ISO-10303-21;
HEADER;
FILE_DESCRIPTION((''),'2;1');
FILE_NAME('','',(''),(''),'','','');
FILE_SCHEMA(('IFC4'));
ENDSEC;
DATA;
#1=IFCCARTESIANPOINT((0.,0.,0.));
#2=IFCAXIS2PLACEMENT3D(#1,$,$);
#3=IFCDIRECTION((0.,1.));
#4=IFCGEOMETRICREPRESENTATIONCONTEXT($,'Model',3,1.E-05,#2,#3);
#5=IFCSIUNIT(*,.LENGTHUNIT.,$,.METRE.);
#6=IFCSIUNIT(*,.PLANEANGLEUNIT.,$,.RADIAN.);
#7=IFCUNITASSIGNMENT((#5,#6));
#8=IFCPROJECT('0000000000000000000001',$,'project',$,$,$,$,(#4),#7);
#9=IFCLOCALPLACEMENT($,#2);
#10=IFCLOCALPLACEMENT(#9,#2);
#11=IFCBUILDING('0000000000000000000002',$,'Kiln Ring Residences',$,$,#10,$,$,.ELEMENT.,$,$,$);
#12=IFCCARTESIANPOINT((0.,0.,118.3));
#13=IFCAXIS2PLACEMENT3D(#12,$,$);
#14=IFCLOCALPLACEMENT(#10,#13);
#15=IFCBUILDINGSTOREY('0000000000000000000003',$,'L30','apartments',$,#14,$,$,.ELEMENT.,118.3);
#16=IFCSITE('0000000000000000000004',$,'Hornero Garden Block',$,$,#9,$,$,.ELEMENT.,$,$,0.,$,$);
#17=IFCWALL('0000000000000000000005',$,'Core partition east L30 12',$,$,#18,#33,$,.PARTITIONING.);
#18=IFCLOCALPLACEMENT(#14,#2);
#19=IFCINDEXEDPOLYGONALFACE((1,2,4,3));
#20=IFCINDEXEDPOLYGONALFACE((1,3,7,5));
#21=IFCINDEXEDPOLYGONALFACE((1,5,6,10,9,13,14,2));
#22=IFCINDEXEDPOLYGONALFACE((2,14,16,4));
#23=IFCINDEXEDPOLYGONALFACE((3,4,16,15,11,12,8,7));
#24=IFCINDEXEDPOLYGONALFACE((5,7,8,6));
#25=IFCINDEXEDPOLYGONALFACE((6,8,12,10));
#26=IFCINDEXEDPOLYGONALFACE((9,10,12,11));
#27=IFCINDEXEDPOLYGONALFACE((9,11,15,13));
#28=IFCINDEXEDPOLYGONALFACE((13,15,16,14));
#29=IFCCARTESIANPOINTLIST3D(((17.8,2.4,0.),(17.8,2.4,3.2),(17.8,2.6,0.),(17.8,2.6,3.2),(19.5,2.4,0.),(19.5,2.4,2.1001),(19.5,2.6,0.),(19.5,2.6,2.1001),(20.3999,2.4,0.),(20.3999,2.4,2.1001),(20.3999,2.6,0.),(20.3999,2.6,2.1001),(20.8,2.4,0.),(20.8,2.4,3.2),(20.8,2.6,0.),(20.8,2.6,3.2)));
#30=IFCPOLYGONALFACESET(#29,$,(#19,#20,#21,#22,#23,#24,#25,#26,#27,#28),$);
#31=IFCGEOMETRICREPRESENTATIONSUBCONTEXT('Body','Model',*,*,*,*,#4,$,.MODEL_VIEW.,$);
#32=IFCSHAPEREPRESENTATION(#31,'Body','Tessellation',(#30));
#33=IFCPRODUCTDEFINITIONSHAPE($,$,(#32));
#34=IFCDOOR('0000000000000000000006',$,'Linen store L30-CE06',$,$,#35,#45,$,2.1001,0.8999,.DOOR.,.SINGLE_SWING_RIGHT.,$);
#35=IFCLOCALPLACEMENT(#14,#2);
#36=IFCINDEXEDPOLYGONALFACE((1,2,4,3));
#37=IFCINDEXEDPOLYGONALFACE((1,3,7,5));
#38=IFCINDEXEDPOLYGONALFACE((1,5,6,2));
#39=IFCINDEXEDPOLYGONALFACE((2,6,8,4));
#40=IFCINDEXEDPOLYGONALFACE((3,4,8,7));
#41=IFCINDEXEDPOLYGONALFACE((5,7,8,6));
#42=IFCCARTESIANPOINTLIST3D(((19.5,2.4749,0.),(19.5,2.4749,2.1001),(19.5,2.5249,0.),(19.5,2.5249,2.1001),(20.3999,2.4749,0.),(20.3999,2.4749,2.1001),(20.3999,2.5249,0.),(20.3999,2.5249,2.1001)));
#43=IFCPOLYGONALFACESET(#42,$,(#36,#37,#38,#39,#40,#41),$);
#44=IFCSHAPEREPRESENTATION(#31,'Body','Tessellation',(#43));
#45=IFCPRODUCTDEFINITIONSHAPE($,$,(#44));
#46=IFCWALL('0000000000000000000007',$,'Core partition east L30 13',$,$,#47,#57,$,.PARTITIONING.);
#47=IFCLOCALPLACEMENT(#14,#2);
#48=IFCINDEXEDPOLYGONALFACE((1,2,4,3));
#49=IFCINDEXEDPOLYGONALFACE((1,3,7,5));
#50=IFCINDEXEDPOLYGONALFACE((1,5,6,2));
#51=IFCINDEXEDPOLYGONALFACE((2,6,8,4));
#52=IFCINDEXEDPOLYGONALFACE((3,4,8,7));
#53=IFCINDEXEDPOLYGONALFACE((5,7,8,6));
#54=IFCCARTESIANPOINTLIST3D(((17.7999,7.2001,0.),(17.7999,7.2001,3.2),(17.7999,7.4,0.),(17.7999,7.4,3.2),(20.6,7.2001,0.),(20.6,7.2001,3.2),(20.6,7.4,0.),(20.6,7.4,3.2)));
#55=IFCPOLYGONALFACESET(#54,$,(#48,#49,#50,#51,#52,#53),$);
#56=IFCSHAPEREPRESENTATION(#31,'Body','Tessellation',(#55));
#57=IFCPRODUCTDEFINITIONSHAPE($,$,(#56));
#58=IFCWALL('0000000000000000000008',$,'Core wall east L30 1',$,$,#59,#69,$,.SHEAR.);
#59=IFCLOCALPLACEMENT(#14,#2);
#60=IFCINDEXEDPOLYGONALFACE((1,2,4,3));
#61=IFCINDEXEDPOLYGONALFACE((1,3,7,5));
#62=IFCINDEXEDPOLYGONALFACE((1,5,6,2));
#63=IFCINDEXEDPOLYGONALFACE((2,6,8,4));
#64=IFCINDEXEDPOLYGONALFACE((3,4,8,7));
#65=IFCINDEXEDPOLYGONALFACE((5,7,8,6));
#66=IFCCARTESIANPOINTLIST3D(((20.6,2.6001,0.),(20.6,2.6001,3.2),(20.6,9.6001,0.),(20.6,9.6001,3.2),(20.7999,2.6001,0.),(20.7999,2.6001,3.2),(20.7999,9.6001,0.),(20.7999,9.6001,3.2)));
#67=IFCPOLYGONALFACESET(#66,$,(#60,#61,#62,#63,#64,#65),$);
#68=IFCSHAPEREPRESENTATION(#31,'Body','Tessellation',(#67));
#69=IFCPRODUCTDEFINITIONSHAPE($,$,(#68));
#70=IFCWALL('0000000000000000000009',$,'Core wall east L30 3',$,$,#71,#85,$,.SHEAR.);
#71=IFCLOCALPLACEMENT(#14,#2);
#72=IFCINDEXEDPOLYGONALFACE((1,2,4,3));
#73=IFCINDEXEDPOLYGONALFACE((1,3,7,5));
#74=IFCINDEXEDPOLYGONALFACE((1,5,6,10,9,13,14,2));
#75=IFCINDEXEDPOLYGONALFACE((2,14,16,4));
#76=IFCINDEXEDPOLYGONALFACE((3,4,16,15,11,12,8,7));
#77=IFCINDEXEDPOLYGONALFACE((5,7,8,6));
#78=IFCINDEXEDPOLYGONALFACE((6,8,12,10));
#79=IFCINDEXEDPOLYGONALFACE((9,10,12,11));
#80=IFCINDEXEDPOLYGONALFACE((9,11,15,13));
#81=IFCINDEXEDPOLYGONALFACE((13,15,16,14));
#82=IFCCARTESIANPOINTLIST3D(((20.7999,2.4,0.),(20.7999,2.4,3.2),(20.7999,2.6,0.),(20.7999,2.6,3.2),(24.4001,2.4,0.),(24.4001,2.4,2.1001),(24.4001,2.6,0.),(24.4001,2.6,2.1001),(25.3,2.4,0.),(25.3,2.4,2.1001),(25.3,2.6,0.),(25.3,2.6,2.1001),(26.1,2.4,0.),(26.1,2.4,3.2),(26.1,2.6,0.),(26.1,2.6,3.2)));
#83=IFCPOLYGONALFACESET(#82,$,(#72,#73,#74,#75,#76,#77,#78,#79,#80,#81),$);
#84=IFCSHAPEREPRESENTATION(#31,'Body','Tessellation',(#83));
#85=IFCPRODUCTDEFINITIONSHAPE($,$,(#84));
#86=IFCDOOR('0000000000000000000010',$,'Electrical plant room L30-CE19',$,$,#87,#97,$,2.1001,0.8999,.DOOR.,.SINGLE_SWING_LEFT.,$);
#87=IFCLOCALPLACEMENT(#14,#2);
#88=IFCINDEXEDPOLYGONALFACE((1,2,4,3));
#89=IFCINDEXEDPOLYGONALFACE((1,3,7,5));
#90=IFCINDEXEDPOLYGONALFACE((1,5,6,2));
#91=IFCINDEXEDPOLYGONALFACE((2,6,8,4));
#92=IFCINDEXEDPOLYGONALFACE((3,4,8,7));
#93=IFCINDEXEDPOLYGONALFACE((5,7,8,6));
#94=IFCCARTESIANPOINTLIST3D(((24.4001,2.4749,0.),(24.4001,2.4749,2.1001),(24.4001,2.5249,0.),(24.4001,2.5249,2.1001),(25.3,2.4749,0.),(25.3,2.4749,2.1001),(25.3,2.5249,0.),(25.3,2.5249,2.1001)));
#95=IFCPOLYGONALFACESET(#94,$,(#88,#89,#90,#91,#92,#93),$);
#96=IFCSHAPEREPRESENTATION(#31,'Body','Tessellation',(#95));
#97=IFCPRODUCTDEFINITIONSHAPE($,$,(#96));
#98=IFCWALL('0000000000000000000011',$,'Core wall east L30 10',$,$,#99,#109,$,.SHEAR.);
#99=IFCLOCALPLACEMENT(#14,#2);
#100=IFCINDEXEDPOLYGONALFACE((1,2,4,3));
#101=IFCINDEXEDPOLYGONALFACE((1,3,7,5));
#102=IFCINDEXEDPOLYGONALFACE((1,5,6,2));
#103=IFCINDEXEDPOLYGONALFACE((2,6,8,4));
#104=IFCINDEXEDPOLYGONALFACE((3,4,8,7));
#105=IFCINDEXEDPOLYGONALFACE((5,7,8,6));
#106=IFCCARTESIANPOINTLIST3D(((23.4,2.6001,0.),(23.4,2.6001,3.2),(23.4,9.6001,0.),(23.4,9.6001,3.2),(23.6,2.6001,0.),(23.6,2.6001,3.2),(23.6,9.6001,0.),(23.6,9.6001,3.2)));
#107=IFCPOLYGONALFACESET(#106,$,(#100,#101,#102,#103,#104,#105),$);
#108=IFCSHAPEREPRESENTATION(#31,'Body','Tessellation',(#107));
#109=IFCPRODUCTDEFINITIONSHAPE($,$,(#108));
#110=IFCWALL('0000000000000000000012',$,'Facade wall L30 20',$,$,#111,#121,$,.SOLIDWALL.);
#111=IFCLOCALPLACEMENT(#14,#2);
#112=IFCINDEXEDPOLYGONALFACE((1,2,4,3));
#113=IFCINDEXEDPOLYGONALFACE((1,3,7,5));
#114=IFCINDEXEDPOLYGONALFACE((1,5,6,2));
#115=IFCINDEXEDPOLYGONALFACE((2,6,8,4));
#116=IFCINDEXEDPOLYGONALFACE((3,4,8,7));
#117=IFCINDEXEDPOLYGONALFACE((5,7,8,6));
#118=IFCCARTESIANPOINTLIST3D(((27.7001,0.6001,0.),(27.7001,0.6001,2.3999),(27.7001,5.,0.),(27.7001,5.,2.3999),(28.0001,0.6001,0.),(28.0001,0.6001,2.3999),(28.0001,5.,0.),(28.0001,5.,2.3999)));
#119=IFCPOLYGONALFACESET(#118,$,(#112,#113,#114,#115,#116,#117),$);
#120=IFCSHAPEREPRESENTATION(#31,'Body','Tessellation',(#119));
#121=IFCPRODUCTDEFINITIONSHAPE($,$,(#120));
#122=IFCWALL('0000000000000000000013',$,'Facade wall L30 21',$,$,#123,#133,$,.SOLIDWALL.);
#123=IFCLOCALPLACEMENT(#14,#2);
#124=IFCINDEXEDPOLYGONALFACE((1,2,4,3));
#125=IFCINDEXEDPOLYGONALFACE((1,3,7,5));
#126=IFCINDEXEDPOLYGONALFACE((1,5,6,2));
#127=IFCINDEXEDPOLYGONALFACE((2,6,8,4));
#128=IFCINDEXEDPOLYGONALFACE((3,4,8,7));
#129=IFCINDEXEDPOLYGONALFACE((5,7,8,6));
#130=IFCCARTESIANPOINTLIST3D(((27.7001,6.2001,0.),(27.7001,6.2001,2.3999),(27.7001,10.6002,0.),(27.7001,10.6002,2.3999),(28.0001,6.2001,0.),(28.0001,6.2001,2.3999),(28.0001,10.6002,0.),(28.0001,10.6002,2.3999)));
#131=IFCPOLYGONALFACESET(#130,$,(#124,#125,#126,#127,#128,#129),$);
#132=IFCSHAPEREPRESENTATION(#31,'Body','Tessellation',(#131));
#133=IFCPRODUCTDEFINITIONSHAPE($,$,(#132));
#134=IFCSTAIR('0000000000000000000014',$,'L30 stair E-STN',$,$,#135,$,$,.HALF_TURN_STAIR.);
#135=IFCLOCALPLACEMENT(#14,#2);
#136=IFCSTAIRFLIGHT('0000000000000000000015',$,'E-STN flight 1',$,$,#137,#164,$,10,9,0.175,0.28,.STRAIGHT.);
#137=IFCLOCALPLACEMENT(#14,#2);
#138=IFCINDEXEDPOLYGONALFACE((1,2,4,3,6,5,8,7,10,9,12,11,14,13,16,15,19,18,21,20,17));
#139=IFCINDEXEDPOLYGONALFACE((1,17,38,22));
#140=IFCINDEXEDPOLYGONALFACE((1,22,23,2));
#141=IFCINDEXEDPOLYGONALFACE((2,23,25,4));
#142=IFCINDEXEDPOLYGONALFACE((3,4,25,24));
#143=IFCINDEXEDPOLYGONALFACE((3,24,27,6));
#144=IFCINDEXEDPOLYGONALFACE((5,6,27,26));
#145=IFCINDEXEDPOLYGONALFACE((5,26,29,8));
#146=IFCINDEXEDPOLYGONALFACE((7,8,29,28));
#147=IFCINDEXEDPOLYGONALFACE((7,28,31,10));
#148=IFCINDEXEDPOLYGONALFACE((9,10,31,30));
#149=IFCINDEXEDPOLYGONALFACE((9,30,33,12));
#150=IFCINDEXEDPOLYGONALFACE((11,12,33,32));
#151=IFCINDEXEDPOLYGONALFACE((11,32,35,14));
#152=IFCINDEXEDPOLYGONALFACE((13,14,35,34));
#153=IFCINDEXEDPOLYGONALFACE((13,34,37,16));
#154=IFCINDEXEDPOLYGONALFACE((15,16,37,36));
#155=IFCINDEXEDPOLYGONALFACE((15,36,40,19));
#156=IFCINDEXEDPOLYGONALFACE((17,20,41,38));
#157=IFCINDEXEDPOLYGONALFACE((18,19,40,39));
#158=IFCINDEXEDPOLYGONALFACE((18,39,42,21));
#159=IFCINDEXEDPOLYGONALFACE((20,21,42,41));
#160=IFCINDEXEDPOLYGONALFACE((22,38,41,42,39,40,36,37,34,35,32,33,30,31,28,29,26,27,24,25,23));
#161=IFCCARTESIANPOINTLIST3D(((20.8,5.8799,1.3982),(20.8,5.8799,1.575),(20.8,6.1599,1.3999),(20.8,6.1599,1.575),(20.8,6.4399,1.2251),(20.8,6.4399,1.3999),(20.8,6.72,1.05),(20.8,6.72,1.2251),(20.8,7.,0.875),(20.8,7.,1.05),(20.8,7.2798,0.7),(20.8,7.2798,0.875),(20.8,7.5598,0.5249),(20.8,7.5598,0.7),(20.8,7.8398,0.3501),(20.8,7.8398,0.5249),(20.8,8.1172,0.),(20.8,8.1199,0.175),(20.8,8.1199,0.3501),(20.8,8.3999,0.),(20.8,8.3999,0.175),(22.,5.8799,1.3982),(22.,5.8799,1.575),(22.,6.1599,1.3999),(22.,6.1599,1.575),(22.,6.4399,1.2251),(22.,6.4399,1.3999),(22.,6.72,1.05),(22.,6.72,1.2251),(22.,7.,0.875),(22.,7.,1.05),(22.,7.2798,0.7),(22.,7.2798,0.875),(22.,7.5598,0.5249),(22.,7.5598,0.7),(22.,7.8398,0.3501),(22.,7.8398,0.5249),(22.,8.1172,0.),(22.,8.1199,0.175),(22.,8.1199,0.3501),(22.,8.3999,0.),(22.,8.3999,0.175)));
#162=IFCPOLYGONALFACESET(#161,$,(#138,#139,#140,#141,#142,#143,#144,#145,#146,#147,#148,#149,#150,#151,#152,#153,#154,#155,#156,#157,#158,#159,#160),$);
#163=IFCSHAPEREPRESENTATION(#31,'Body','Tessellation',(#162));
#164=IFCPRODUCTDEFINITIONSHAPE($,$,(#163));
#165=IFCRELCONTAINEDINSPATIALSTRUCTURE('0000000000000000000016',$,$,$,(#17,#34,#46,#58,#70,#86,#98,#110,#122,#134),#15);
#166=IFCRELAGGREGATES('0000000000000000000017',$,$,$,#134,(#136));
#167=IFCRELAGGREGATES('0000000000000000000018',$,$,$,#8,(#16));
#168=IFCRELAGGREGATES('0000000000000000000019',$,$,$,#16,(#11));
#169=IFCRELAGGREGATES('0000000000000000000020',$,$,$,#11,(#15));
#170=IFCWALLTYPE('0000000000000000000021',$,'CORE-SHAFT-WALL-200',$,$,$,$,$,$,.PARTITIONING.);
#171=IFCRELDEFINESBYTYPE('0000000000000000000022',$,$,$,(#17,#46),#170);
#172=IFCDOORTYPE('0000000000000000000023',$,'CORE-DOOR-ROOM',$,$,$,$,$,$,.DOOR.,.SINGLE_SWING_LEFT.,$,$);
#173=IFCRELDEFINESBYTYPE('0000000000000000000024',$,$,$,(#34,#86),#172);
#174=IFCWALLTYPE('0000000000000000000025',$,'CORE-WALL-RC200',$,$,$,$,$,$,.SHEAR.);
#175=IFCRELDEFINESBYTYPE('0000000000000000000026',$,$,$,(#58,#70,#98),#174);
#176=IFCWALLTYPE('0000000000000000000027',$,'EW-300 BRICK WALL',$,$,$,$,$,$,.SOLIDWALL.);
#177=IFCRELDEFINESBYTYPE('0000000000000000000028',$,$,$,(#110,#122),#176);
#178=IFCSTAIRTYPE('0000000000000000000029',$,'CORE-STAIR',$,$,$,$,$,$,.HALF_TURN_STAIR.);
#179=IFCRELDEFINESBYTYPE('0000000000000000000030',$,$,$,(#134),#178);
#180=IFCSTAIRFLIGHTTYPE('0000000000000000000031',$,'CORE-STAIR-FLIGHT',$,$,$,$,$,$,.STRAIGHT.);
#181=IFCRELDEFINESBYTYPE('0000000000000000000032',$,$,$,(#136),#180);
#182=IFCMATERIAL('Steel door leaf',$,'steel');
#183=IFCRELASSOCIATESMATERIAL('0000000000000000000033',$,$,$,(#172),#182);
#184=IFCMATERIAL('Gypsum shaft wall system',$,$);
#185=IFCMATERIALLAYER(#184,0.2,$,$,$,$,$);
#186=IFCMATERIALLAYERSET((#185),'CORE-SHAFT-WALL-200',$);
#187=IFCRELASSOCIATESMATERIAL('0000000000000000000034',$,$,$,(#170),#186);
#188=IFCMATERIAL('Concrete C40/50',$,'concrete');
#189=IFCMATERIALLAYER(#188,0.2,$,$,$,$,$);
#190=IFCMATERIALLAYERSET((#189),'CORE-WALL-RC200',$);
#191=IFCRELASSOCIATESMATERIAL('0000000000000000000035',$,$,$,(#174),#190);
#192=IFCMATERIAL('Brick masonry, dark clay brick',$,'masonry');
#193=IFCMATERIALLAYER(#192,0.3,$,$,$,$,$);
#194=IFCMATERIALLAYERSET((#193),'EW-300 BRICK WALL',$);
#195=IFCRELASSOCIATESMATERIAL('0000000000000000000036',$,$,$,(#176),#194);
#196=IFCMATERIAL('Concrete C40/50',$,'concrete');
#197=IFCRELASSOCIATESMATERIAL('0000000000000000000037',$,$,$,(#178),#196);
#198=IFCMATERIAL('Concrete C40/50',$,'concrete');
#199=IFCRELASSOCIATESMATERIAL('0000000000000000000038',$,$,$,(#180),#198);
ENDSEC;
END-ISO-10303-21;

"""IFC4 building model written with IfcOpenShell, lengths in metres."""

from ifc_helpers import new_model, si_unit, direction, frame, frame_2d, origin, place, context, subcontext, project, spatial, polyline, rectangle, outline, extrude, material, layer, layer_set, type_object, element, fill, aggregate, save


model = new_model("IFC4")

# Units and contexts
model_context = context("Model", 3, precision=1e-05, world=origin(), true_north=direction((0.0, 1.0)))
body_context = subcontext(model_context, "Body", "Model", "MODEL_VIEW")
ifc_project = project(units=[si_unit("LENGTHUNIT", "METRE"), si_unit("PLANEANGLEUNIT", "RADIAN")], contexts=[model_context])

# Site, building, storey
site_placement = place(None, origin())
site = spatial("IfcSite", under=ifc_project, at=site_placement, Name="Hornero Garden Block", CompositionType="ELEMENT", RefElevation=0.0)
building_placement = place(site_placement, origin())
building = spatial("IfcBuilding", under=site, at=building_placement, Name="Kiln Ring Residences", CompositionType="ELEMENT")
storey_placement = place(building_placement, frame((0.0, 0.0, 118.3)))
storey = spatial("IfcBuildingStorey", under=building, at=storey_placement, Name="L30", Description="apartments", CompositionType="ELEMENT", Elevation=118.3)

# Shared definitions
ifc_material_1 = material(Name="Steel door leaf", Category="steel")
door_type = type_object("IfcDoorType", Name="CORE-DOOR-ROOM", OperationType="SINGLE_SWING_LEFT", PredefinedType="DOOR", material=ifc_material_1)

# Shared definitions
ifc_material_2 = material(Name="Gypsum shaft wall system")
ifc_layer_1 = layer(ifc_material_2, 0.2)
ifc_layer_set_1 = layer_set([ifc_layer_1], Name="CORE-SHAFT-WALL-200")
wall_type_1 = type_object("IfcWallType", Name="CORE-SHAFT-WALL-200", PredefinedType="PARTITIONING", material=ifc_layer_set_1)

# Wall, opening, door
wall_1_placement = place(storey_placement, frame((17.8, 2.5, 0.0), z_axis=(0.0, 0.0, 1.0), x_axis=(1.0, 0.0, 0.0)))
wall_1 = element("IfcWall", 1, at=wall_1_placement, inside=storey, type_object=wall_type_1, Name="Core partition east L30 12", PredefinedType="PARTITIONING", context=body_context, shape_type="SweptSolid", body=[
    extrude(rectangle(XDim=3.0, YDim=0.2, at=frame_2d((1.5, 0.0))), origin(), (0.0, 0.0, 1.0), 3.2),
])
opening_1_placement = place(wall_1_placement, frame((1.7, 0.0, 0.0)))
opening_1 = element("IfcOpeningElement", 2, at=opening_1_placement, cuts=wall_1, PredefinedType="OPENING", context=body_context, shape_type="SweptSolid", body=[
    extrude(rectangle(XDim=0.8999, YDim=2.1001, at=frame_2d((0.45, 1.05))), frame((0.0, 0.1099, 0.0), z_axis=(0.0, -1.0, 0.0), x_axis=(1.0, 0.0, 0.0)), (0.0, 0.0, 1.0), 0.22),
])
door_1_placement = place(opening_1_placement, origin())
door_1 = element("IfcDoor", 3, at=door_1_placement, inside=storey, type_object=door_type, Name="Linen store L30-CE06", OperationType="SINGLE_SWING_RIGHT", OverallHeight=2.1001, OverallWidth=0.8999, PredefinedType="DOOR", context=body_context, shape_type="SweptSolid", body=[
    extrude(rectangle(XDim=0.8999, YDim=2.1001, at=frame_2d((0.45, 1.05))), frame((0.0, 0.0249, 0.0), z_axis=(0.0, -1.0, 0.0), x_axis=(1.0, 0.0, 0.0)), (0.0, 0.0, 1.0), 0.05),
])
fill(opening_1, door_1)

# Walls
wall_2_placement = place(storey_placement, frame((17.8, 7.3, 0.0), z_axis=(0.0, 0.0, 1.0), x_axis=(1.0, 0.0, 0.0)))
element("IfcWall", 4, at=wall_2_placement, inside=storey, type_object=wall_type_1, Name="Core partition east L30 13", PredefinedType="PARTITIONING", context=body_context, shape_type="SweptSolid", body=[
    extrude(rectangle(XDim=2.8, YDim=0.2, at=frame_2d((1.3999, 0.0))), origin(), (0.0, 0.0, 1.0), 3.2),
])
ifc_material_3 = material(Name="Concrete C40/50", Category="concrete")
ifc_layer_2 = layer(ifc_material_3, 0.2)
ifc_layer_set_2 = layer_set([ifc_layer_2], Name="CORE-WALL-RC200")
wall_type_2 = type_object("IfcWallType", Name="CORE-WALL-RC200", PredefinedType="SHEAR", material=ifc_layer_set_2)
wall_3_placement = place(storey_placement, frame((20.7, 2.6001, 0.0), z_axis=(0.0, 0.0, 1.0), x_axis=(0.0, 1.0, 0.0)))
element("IfcWall", 5, at=wall_3_placement, inside=storey, type_object=wall_type_2, Name="Core wall east L30 1", PredefinedType="SHEAR", context=body_context, shape_type="SweptSolid", body=[
    extrude(rectangle(XDim=7.0, YDim=0.2, at=frame_2d((3.5, 0.0))), origin(), (0.0, 0.0, 1.0), 3.2),
])

# Wall, opening, door
wall_4_placement = place(storey_placement, frame((20.8, 2.5, 0.0), z_axis=(0.0, 0.0, 1.0), x_axis=(1.0, 0.0, 0.0)))
wall_4 = element("IfcWall", 6, at=wall_4_placement, inside=storey, type_object=wall_type_2, Name="Core wall east L30 3", PredefinedType="SHEAR", context=body_context, shape_type="SweptSolid", body=[
    extrude(rectangle(XDim=5.3, YDim=0.2, at=frame_2d((2.6499, 0.0))), origin(), (0.0, 0.0, 1.0), 3.2),
])
opening_2_placement = place(wall_4_placement, frame((3.6001, 0.0, 0.0)))
opening_2 = element("IfcOpeningElement", 7, at=opening_2_placement, cuts=wall_4, PredefinedType="OPENING", context=body_context, shape_type="SweptSolid", body=[
    extrude(rectangle(XDim=0.8999, YDim=2.1001, at=frame_2d((0.45, 1.05))), frame((0.0, 0.1099, 0.0), z_axis=(0.0, -1.0, 0.0), x_axis=(1.0, 0.0, 0.0)), (0.0, 0.0, 1.0), 0.22),
])
door_2_placement = place(opening_2_placement, origin())
door_2 = element("IfcDoor", 8, at=door_2_placement, inside=storey, type_object=door_type, Name="Electrical plant room L30-CE19", OperationType="SINGLE_SWING_LEFT", OverallHeight=2.1001, OverallWidth=0.8999, PredefinedType="DOOR", context=body_context, shape_type="SweptSolid", body=[
    extrude(rectangle(XDim=0.8999, YDim=2.1001, at=frame_2d((0.45, 1.05))), frame((0.0, 0.0249, 0.0), z_axis=(0.0, -1.0, 0.0), x_axis=(1.0, 0.0, 0.0)), (0.0, 0.0, 1.0), 0.05),
])
fill(opening_2, door_2)

# Walls
wall_5_placement = place(storey_placement, frame((23.5, 2.6001, 0.0), z_axis=(0.0, 0.0, 1.0), x_axis=(0.0, 1.0, 0.0)))
element("IfcWall", 9, at=wall_5_placement, inside=storey, type_object=wall_type_2, Name="Core wall east L30 10", PredefinedType="SHEAR", context=body_context, shape_type="SweptSolid", body=[
    extrude(rectangle(XDim=7.0, YDim=0.2, at=frame_2d((3.5, 0.0))), origin(), (0.0, 0.0, 1.0), 3.2),
])
ifc_material_4 = material(Name="Brick masonry, dark clay brick", Category="masonry")
ifc_layer_3 = layer(ifc_material_4, 0.3)
ifc_layer_set_3 = layer_set([ifc_layer_3], Name="EW-300 BRICK WALL")
wall_type_3 = type_object("IfcWallType", Name="EW-300 BRICK WALL", PredefinedType="SOLIDWALL", material=ifc_layer_set_3)
wall_6_placement = place(storey_placement, frame((27.8501, 0.6001, 0.0), z_axis=(0.0, 0.0, 1.0), x_axis=(0.0, 1.0, 0.0)))
element("IfcWall", 10, at=wall_6_placement, inside=storey, type_object=wall_type_3, Name="Facade wall L30 20", PredefinedType="SOLIDWALL", context=body_context, shape_type="SweptSolid", body=[
    extrude(rectangle(XDim=4.3999, YDim=0.3, at=frame_2d((2.2, 0.0))), origin(), (0.0, 0.0, 1.0), 2.3999),
])
wall_7_placement = place(storey_placement, frame((27.8501, 6.2, 0.0), z_axis=(0.0, 0.0, 1.0), x_axis=(0.0, 1.0, 0.0)))
element("IfcWall", 11, at=wall_7_placement, inside=storey, type_object=wall_type_3, Name="Facade wall L30 21", PredefinedType="SOLIDWALL", context=body_context, shape_type="SweptSolid", body=[
    extrude(rectangle(XDim=4.4001, YDim=0.3, at=frame_2d((2.2002, 0.0))), origin(), (0.0, 0.0, 1.0), 2.3999),
])

# Stair, stair flight
ifc_material_5 = material(Name="Concrete C40/50", Category="concrete")
stair_type = type_object("IfcStairType", Name="CORE-STAIR", PredefinedType="HALF_TURN_STAIR", material=ifc_material_5)
stair_placement = place(storey_placement, origin())
stair = element("IfcStair", 12, at=stair_placement, inside=storey, type_object=stair_type, Name="L30 stair E-STN", PredefinedType="HALF_TURN_STAIR")
ifc_material_6 = material(Name="Concrete C40/50", Category="concrete")
stair_flight_type = type_object("IfcStairFlightType", Name="CORE-STAIR-FLIGHT", PredefinedType="STRAIGHT", material=ifc_material_6)
stair_flight_1_placement = place(storey_placement, frame((21.3999, 8.3999, 0.0), z_axis=(0.0, 0.0, 1.0), x_axis=(0.0, -1.0, 0.0)))
stair_flight_1 = element("IfcStairFlight", 13, at=stair_flight_1_placement, type_object=stair_flight_type, Name="E-STN flight 1", NumberOfRisers=10, NumberOfTreads=9, PredefinedType="STRAIGHT", RiserHeight=0.175, TreadLength=0.28, context=body_context, shape_type="SweptSolid", body=[
    extrude(outline(polyline([(0.0, 0.0), (0.0, 0.175), (0.28, 0.175), (0.28, 0.3501), (0.5601, 0.3501), (0.5601, 0.5249), (0.8401, 0.5249), (0.8401, 0.7), (1.1201, 0.7), (1.1201, 0.875), (1.3999, 0.875), (1.3999, 1.05), (1.6799, 1.05), (1.6799, 1.2251), (1.96, 1.2251), (1.96, 1.3999), (2.24, 1.3999), (2.24, 1.575), (2.52, 1.575), (2.52, 1.75), (2.52, 1.3982), (0.2827, 0.0), (0.0, 0.0)])), frame((0.0, 0.6001, 0.0), z_axis=(0.0, -1.0, 0.0), x_axis=(1.0, 0.0, 0.0)), (0.0, 0.0, 1.0), 1.2),
])
aggregate(stair, [stair_flight_1])

save(model, "model.ifc")
